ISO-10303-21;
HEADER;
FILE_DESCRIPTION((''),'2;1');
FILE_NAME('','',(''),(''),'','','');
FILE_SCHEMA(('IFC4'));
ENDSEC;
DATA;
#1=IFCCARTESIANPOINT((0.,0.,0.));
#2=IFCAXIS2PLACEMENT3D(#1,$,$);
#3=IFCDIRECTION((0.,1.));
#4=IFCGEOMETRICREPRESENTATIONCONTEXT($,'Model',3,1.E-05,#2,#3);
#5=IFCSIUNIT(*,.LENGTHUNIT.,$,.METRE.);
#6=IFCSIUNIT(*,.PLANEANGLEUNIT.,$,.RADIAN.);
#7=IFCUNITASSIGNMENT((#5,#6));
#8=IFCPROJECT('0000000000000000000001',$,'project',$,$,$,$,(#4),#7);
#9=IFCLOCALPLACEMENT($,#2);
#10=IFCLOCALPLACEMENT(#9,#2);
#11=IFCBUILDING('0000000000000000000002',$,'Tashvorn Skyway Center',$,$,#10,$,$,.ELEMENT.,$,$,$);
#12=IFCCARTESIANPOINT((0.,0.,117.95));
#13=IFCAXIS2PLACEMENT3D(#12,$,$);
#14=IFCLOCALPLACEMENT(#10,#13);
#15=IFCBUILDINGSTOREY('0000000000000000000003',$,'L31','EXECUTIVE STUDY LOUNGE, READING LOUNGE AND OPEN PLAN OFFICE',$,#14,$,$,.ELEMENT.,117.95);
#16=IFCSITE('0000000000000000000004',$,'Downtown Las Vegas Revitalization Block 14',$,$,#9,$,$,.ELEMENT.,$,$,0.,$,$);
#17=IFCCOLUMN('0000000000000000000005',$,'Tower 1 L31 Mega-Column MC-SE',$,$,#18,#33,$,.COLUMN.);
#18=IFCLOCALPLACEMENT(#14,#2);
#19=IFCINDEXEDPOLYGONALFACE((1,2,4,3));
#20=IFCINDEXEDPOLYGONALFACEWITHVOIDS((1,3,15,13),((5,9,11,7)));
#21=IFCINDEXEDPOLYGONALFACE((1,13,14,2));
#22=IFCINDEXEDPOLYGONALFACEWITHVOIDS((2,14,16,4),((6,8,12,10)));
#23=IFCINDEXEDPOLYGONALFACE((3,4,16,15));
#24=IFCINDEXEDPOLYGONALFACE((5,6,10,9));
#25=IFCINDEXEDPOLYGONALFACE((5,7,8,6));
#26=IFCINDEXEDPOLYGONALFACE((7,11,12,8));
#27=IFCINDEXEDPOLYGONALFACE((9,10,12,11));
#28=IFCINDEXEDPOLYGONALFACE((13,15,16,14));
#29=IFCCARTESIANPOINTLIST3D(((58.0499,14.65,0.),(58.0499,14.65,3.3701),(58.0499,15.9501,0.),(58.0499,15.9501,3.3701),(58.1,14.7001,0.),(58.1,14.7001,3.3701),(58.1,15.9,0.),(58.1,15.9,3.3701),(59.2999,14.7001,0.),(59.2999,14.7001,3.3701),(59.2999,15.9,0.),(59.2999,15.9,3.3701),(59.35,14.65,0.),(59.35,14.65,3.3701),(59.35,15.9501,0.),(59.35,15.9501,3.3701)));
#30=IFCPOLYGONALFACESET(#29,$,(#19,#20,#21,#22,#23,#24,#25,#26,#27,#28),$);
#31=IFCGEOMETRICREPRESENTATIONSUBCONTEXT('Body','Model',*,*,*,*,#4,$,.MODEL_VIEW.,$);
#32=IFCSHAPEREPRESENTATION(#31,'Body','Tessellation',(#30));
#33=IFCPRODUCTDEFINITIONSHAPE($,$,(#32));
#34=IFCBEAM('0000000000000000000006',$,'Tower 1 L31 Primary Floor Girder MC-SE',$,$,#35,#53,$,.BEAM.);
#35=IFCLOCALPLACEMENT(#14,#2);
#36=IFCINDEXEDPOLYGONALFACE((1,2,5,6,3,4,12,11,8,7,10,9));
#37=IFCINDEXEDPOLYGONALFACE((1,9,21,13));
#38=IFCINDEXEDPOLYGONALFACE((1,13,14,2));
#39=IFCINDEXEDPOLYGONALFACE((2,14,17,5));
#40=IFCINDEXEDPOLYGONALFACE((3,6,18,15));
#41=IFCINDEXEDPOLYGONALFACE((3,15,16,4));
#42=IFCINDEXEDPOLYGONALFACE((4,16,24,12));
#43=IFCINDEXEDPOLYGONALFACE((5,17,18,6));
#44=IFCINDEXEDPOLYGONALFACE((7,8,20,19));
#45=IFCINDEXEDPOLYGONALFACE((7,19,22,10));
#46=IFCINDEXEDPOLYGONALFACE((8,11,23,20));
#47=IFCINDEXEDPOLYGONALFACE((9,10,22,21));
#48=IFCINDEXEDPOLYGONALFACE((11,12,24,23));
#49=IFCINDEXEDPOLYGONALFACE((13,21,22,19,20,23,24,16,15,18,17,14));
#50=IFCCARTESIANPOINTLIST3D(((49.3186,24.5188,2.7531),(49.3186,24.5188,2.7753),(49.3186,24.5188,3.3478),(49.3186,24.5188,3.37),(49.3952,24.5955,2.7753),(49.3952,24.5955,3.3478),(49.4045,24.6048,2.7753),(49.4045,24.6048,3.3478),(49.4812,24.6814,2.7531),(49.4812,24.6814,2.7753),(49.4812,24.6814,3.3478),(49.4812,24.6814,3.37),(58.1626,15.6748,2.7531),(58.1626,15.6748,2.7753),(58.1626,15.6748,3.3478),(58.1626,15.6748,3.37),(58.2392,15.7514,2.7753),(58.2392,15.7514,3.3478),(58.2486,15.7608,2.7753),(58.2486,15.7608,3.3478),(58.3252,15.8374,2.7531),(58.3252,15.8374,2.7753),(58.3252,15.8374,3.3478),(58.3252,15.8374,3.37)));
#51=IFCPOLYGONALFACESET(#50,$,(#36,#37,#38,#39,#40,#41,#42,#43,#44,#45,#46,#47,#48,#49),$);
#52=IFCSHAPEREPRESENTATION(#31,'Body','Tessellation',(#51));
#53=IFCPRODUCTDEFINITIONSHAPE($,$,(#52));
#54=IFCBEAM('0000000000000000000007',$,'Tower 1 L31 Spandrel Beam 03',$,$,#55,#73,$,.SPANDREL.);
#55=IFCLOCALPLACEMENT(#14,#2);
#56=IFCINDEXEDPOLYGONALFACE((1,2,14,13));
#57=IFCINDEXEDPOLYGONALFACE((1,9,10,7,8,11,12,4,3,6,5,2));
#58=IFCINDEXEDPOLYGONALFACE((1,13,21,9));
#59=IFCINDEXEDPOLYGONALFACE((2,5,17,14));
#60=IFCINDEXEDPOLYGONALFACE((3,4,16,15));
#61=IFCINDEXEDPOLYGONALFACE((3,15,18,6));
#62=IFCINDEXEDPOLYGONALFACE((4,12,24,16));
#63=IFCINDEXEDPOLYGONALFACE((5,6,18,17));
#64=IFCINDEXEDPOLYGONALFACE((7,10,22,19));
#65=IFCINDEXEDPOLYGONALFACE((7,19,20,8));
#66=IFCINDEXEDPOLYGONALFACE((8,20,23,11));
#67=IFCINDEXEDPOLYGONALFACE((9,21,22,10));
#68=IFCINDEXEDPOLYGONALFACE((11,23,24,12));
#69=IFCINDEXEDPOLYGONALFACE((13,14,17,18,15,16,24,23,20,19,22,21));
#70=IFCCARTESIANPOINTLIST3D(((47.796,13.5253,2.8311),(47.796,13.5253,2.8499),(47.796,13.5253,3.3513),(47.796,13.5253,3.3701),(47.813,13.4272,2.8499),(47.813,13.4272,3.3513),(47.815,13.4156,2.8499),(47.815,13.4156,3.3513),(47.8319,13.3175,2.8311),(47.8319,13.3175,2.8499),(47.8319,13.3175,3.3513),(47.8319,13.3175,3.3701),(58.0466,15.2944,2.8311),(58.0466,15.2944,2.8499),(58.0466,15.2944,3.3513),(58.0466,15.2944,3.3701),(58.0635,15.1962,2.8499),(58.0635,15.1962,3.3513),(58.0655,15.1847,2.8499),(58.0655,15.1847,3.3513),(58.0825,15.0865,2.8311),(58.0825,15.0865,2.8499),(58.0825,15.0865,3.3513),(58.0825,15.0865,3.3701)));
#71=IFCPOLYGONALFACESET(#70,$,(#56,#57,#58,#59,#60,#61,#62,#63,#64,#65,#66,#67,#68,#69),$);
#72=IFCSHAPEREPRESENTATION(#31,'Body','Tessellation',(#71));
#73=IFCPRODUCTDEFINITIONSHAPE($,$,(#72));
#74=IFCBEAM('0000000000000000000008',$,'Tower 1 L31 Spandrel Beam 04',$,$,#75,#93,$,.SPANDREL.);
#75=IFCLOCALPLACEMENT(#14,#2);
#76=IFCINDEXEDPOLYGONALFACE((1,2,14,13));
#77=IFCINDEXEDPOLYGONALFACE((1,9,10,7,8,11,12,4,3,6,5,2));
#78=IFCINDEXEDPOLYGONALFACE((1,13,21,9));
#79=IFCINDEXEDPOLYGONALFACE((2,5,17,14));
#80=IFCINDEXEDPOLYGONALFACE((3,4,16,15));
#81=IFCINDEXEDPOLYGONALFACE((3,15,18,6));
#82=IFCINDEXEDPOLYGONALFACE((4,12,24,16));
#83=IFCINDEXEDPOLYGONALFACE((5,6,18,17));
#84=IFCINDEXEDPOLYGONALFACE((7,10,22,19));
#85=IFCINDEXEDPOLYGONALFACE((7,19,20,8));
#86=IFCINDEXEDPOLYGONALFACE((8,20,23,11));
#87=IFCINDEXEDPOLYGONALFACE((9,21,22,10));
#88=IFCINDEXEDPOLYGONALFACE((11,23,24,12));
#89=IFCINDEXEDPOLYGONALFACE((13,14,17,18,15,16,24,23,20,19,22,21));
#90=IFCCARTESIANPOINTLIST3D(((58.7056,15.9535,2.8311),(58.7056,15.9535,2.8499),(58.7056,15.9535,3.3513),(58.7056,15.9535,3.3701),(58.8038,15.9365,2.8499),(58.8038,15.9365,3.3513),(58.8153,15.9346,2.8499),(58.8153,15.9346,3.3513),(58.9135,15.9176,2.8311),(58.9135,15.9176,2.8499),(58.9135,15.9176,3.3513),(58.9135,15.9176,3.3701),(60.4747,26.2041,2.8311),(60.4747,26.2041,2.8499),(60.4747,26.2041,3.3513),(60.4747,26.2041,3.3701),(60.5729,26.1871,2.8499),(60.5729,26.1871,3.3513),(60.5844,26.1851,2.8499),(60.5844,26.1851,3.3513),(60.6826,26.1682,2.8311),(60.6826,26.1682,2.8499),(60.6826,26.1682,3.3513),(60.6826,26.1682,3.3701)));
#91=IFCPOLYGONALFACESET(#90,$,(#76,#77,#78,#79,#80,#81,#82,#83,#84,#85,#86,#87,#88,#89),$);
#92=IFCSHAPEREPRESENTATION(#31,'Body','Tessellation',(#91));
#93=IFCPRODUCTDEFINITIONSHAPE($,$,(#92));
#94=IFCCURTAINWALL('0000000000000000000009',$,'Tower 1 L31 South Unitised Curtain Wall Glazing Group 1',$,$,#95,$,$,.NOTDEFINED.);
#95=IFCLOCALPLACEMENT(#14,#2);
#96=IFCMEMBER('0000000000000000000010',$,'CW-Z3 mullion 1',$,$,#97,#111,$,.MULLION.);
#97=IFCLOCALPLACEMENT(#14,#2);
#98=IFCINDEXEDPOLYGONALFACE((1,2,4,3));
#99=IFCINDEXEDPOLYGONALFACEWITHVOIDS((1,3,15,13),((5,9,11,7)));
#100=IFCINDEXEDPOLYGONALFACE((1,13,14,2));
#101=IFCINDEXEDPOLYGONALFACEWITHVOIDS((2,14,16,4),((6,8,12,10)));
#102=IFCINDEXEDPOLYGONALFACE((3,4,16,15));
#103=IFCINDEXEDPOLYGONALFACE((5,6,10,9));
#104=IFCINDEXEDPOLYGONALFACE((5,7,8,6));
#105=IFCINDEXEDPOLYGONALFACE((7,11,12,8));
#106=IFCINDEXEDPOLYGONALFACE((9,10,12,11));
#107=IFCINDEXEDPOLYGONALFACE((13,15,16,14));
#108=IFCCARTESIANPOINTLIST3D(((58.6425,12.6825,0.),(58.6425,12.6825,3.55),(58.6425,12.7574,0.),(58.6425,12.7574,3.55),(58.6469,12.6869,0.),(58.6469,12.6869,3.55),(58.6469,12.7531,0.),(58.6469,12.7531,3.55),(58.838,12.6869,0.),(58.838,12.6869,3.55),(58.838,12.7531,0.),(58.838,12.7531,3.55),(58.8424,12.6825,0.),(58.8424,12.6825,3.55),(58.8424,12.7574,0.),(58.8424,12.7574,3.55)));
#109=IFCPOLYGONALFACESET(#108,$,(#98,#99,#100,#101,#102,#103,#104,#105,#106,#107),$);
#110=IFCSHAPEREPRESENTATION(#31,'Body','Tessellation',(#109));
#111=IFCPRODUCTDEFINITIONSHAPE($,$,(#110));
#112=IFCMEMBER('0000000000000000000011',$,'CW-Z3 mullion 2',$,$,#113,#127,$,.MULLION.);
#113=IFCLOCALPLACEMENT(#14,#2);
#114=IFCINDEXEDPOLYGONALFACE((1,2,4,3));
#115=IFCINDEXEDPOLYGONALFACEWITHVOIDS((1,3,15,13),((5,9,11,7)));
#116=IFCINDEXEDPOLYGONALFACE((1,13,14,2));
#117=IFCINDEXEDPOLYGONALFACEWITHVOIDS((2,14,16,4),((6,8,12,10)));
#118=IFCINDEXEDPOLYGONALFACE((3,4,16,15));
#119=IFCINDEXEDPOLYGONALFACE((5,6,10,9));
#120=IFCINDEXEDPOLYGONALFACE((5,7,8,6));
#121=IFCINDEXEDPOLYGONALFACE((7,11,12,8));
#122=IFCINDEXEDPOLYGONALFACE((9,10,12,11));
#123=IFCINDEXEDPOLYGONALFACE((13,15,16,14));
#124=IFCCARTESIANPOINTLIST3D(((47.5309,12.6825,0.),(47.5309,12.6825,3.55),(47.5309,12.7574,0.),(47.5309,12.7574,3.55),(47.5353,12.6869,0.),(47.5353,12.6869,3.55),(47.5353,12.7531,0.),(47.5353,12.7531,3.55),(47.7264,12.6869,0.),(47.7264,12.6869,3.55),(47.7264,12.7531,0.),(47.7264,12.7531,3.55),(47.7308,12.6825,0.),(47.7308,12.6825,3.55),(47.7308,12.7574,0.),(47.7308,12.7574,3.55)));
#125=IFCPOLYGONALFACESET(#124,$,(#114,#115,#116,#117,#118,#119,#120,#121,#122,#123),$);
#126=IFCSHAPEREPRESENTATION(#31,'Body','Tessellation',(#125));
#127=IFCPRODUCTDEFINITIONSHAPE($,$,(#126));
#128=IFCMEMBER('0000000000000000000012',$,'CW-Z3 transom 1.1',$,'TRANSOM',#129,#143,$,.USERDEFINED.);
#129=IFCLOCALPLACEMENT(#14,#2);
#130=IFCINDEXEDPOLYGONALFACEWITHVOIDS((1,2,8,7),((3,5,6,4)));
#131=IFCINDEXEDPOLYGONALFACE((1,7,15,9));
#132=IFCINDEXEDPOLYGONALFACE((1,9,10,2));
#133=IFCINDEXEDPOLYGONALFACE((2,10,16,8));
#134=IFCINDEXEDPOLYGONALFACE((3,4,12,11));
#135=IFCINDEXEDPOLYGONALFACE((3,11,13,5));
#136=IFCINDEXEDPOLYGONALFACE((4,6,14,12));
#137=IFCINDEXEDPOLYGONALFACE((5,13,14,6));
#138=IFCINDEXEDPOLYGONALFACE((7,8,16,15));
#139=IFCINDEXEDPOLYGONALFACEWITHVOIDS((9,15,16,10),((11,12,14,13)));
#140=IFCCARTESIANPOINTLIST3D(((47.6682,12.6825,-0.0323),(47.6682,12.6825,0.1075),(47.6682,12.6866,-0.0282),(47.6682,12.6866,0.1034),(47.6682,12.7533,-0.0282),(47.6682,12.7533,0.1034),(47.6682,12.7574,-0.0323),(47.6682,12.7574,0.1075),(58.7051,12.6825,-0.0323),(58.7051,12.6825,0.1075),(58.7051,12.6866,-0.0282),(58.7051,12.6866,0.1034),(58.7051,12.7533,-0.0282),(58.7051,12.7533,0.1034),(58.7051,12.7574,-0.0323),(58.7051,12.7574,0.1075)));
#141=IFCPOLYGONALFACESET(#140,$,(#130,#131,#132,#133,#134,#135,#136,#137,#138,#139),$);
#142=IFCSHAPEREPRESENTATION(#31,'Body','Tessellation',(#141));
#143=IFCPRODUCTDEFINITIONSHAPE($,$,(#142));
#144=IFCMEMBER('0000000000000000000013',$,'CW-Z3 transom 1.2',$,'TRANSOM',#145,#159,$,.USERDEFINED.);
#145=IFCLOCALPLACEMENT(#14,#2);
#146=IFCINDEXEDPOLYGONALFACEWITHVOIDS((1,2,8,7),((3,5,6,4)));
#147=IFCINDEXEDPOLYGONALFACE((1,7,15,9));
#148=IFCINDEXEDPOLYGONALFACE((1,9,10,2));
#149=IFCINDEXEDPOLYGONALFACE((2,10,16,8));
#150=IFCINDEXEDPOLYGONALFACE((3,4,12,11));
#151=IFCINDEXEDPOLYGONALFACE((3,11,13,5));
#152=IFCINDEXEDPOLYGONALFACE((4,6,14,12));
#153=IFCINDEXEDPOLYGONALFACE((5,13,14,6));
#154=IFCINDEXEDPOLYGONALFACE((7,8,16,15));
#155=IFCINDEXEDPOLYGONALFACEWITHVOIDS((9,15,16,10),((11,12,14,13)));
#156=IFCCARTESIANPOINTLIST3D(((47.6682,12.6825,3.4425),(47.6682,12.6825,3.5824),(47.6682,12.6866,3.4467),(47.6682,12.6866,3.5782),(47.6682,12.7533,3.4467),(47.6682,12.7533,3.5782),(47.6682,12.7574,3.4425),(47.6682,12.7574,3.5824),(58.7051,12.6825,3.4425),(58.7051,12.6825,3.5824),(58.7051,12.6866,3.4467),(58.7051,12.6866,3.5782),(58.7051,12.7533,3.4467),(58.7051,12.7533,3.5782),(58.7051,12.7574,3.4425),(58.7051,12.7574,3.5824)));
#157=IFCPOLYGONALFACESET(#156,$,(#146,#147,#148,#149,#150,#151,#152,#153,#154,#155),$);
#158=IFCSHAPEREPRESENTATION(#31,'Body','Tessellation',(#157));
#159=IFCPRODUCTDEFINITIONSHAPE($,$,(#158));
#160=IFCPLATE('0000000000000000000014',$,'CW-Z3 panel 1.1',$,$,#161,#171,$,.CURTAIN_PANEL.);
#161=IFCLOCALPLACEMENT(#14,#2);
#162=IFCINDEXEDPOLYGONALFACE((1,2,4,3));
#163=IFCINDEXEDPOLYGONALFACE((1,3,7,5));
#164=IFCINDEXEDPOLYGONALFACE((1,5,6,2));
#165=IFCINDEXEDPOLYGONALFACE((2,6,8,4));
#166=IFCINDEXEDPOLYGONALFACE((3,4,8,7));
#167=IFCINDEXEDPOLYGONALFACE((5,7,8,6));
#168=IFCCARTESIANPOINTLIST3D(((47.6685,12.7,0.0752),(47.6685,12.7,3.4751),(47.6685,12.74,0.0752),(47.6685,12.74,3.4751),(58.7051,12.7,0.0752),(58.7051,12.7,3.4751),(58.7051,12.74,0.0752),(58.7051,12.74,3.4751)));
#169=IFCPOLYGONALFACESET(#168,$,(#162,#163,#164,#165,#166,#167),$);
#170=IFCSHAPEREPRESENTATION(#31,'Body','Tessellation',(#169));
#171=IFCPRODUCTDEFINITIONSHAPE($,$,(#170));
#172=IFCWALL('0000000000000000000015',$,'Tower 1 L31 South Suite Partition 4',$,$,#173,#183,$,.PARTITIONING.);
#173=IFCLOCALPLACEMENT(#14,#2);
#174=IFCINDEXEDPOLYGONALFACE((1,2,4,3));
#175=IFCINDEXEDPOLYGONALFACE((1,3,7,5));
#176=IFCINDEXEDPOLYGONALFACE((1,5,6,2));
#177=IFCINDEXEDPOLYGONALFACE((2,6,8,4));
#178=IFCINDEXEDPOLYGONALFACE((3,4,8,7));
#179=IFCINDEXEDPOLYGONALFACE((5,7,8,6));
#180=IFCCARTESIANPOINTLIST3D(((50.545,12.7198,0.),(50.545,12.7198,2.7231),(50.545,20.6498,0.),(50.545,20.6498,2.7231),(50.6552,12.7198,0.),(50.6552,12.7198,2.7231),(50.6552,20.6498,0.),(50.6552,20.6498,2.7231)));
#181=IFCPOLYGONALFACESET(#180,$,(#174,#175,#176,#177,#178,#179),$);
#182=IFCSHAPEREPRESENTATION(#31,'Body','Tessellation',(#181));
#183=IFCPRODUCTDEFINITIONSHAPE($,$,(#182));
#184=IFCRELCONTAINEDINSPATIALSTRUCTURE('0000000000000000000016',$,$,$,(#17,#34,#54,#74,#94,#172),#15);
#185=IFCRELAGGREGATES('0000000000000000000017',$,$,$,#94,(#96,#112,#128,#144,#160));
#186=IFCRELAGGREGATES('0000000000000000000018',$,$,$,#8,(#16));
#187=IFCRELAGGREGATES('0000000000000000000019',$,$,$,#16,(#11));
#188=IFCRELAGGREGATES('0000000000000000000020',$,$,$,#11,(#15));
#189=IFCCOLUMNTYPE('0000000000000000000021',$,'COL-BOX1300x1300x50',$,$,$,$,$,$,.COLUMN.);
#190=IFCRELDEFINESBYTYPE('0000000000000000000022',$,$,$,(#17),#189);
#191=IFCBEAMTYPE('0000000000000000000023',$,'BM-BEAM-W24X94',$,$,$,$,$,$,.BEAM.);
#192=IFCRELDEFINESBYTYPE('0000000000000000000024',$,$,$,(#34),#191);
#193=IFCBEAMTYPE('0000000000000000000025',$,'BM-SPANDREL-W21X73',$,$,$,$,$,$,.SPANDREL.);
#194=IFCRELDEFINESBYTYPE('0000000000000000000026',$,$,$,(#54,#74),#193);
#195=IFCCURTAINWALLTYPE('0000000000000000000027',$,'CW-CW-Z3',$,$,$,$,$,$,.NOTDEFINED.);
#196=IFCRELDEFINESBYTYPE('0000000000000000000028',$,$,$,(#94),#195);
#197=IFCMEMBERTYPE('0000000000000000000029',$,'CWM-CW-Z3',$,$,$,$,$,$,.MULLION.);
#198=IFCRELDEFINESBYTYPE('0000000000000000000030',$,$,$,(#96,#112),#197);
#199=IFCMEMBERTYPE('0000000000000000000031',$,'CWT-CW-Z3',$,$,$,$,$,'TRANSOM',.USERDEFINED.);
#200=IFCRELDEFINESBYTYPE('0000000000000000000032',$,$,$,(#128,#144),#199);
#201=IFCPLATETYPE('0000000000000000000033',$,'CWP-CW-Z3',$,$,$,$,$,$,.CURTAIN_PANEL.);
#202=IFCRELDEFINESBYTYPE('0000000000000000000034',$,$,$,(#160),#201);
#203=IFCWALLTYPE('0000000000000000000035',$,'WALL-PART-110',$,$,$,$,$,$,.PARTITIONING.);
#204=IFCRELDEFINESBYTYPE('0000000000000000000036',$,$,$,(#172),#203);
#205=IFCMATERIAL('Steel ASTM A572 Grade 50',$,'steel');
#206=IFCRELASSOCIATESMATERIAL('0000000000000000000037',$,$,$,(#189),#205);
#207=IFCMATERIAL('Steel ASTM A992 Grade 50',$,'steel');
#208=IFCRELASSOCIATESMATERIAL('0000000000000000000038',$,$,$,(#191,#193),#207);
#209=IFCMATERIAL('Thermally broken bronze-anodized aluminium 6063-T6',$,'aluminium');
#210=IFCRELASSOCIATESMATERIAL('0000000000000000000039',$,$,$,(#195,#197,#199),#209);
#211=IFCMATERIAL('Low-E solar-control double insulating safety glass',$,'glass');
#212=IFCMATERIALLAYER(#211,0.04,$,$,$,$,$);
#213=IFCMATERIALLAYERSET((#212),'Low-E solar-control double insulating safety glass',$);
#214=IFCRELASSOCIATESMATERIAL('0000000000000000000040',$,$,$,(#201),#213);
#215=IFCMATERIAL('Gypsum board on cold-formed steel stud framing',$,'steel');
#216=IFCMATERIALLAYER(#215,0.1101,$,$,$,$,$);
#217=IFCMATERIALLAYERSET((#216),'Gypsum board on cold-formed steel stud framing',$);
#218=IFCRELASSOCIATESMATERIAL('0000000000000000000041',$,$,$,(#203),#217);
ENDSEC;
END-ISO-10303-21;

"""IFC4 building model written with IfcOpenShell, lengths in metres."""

from ifc_helpers import new_model, si_unit, direction, frame, frame_2d, origin, origin_2d, place, context, subcontext, project, spatial, rectangle, hollow_rectangle, i_section, extrude, material, layer, layer_set, material_profile, profile_set, type_object, element, aggregate, save


model = new_model("IFC4")

# Units and contexts
model_context = context("Model", 3, precision=1e-05, world=origin(), true_north=direction((0.0, 1.0)))
body_context = subcontext(model_context, "Body", "Model", "MODEL_VIEW")
ifc_project = project(units=[si_unit("LENGTHUNIT", "METRE"), si_unit("PLANEANGLEUNIT", "RADIAN")], contexts=[model_context])

# Site, building, storey
site_placement = place(None, origin())
site = spatial("IfcSite", under=ifc_project, at=site_placement, Name="Downtown Las Vegas Revitalization Block 14", CompositionType="ELEMENT", RefElevation=0.0)
building_placement = place(site_placement, origin())
building = spatial("IfcBuilding", under=site, at=building_placement, Name="Tashvorn Skyway Center", CompositionType="ELEMENT")
storey_placement = place(building_placement, frame((0.0, 0.0, 117.95)))
storey = spatial("IfcBuildingStorey", under=building, at=storey_placement, Name="L31", Description="EXECUTIVE STUDY LOUNGE, READING LOUNGE AND OPEN PLAN OFFICE", CompositionType="ELEMENT", Elevation=117.95)

# Column
ifc_material_1 = material(Name="Steel ASTM A572 Grade 50", Category="steel")
ifc_material_profile_1 = material_profile(ifc_material_1, hollow_rectangle(XDim=1.3, YDim=1.3, WallThickness=0.05, at=origin_2d()), Name="BOX1300x1300x50")
ifc_profile_set_1 = profile_set([ifc_material_profile_1], Name="Steel ASTM A572 Grade 50")
column_type = type_object("IfcColumnType", Name="COL-BOX1300x1300x50", PredefinedType="COLUMN", material=ifc_profile_set_1)
column_placement = place(storey_placement, frame((58.7, 15.3, 0.0), z_axis=(0.0, 0.0, 1.0), x_axis=(1.0, 0.0, 0.0)))
element("IfcColumn", 1, at=column_placement, inside=storey, type_object=column_type, Name="Tower 1 L31 Mega-Column MC-SE", PredefinedType="COLUMN", context=body_context, shape_type="SweptSolid", body=[
    extrude(hollow_rectangle(XDim=1.3, YDim=1.3, WallThickness=0.05, at=origin_2d()), origin(), (0.0, 0.0, 1.0), 3.3701),
])

# Beams
ifc_material_2 = material(Name="Steel ASTM A992 Grade 50", Category="steel")
ifc_material_profile_2 = material_profile(ifc_material_2, i_section(OverallWidth=0.23, OverallDepth=0.6169, WebThickness=0.0132, FlangeThickness=0.0222, at=origin_2d()), Name="W24X94")
ifc_profile_set_2 = profile_set([ifc_material_profile_2], Name="Steel ASTM A992 Grade 50")
beam_type_1 = type_object("IfcBeamType", Name="BM-BEAM-W24X94", PredefinedType="BEAM", material=ifc_profile_set_2)
beam_placement = place(storey_placement, frame((58.2439, 15.7561, 3.0615), z_axis=(-0.707107, 0.707107, 0.0), x_axis=(-0.707107, -0.707107, 0.0)))
element("IfcBeam", 2, at=beam_placement, inside=storey, type_object=beam_type_1, Name="Tower 1 L31 Primary Floor Girder MC-SE", PredefinedType="BEAM", context=body_context, shape_type="SweptSolid", body=[
    extrude(i_section(OverallWidth=0.23, OverallDepth=0.6169, WebThickness=0.0132, FlangeThickness=0.0222, at=origin_2d()), origin(), (0.0, 0.0, 1.0), 12.5073),
])
ifc_material_profile_3 = material_profile(ifc_material_2, i_section(OverallWidth=0.2109, OverallDepth=0.5391, WebThickness=0.0117, FlangeThickness=0.0188, at=origin_2d()), Name="W21X73")
ifc_profile_set_3 = profile_set([ifc_material_profile_3], Name="Steel ASTM A992 Grade 50")
beam_type_2 = type_object("IfcBeamType", Name="BM-SPANDREL-W21X73", PredefinedType="SPANDREL", material=ifc_profile_set_3)
for number, where, z_axis, x_axis, name in (
    (3, (47.814, 13.4214, 3.1006), (0.985432, 0.170067, 0.0), (-0.170067, 0.985432, 0.0), "Tower 1 L31 Spandrel Beam 03"),
    (4, (58.8096, 15.9355, 3.1006), (0.170067, 0.985432, 0.0), (-0.985432, 0.170067, 0.0), "Tower 1 L31 Spandrel Beam 04"),
):
    element("IfcBeam", number, at=place(storey_placement, frame(where, z_axis=z_axis, x_axis=x_axis)), inside=storey, type_object=beam_type_2, Name=name, PredefinedType="SPANDREL", context=body_context, shape_type="SweptSolid", body=[
        extrude(i_section(OverallWidth=0.2109, OverallDepth=0.5391, WebThickness=0.0117, FlangeThickness=0.0188, at=origin_2d()), origin(), (0.0, 0.0, 1.0), 10.4021),
    ])

# Curtain wall, members, plate
ifc_material_3 = material(Name="Thermally broken bronze-anodized aluminium 6063-T6", Category="aluminium")
curtain_wall_type = type_object("IfcCurtainWallType", Name="CW-CW-Z3", PredefinedType="NOTDEFINED", material=ifc_material_3)
curtain_wall_placement = place(storey_placement, origin())
curtain_wall = element("IfcCurtainWall", 5, at=curtain_wall_placement, inside=storey, type_object=curtain_wall_type, Name="Tower 1 L31 South Unitised Curtain Wall Glazing Group 1", PredefinedType="NOTDEFINED")
ifc_material_profile_4 = material_profile(ifc_material_3, hollow_rectangle(XDim=0.075, YDim=0.2, WallThickness=0.0044, at=origin_2d()), Name="ALU-MULL-75x200")
ifc_profile_set_4 = profile_set([ifc_material_profile_4], Name="Thermally broken bronze-anodized aluminium 6063-T6")
member_type_1 = type_object("IfcMemberType", Name="CWM-CW-Z3", PredefinedType="MULLION", material=ifc_profile_set_4)
member_1_placement = place(storey_placement, frame((58.7424, 12.72, 0.0), z_axis=(0.0, 0.0, 1.0), x_axis=(0.0, -1.0, 0.0)))
member_1 = element("IfcMember", 6, at=member_1_placement, type_object=member_type_1, Name="CW-Z3 mullion 1", PredefinedType="MULLION", context=body_context, shape_type="SweptSolid", body=[
    extrude(hollow_rectangle(XDim=0.075, YDim=0.2, WallThickness=0.0044, at=origin_2d()), origin(), (0.0, 0.0, 1.0), 3.55),
])
member_2_placement = place(storey_placement, frame((47.6309, 12.72, 0.0), z_axis=(0.0, 0.0, 1.0), x_axis=(0.0, -1.0, 0.0)))
member_2 = element("IfcMember", 7, at=member_2_placement, type_object=member_type_1, Name="CW-Z3 mullion 2", PredefinedType="MULLION", context=body_context, shape_type="SweptSolid", body=[
    extrude(hollow_rectangle(XDim=0.075, YDim=0.2, WallThickness=0.0044, at=origin_2d()), origin(), (0.0, 0.0, 1.0), 3.55),
])
ifc_material_profile_5 = material_profile(ifc_material_3, hollow_rectangle(XDim=0.075, YDim=0.1399, WallThickness=0.0042, at=origin_2d()), Name="ALU-TRAN-75x140")
ifc_profile_set_5 = profile_set([ifc_material_profile_5], Name="Thermally broken bronze-anodized aluminium 6063-T6")
member_type_2 = type_object("IfcMemberType", Name="CWT-CW-Z3", ElementType="TRANSOM", PredefinedType="USERDEFINED", material=ifc_profile_set_5)
member_3_placement = place(storey_placement, frame((58.7051, 12.72, 0.0376), z_axis=(-1.0, 0.0, 0.0), x_axis=(0.0, -1.0, 0.0)))
member_3 = element("IfcMember", 8, at=member_3_placement, type_object=member_type_2, Name="CW-Z3 transom 1.1", ObjectType="TRANSOM", PredefinedType="USERDEFINED", context=body_context, shape_type="SweptSolid", body=[
    extrude(hollow_rectangle(XDim=0.075, YDim=0.1399, WallThickness=0.0042, at=origin_2d()), origin(), (0.0, 0.0, 1.0), 11.0369),
])
member_4_placement = place(storey_placement, frame((58.7051, 12.72, 3.5125), z_axis=(-1.0, 0.0, 0.0), x_axis=(0.0, -1.0, 0.0)))
member_4 = element("IfcMember", 9, at=member_4_placement, type_object=member_type_2, Name="CW-Z3 transom 1.2", ObjectType="TRANSOM", PredefinedType="USERDEFINED", context=body_context, shape_type="SweptSolid", body=[
    extrude(hollow_rectangle(XDim=0.075, YDim=0.1399, WallThickness=0.0042, at=origin_2d()), origin(), (0.0, 0.0, 1.0), 11.0369),
])
ifc_material_4 = material(Name="Low-E solar-control double insulating safety glass", Category="glass")
ifc_layer_1 = layer(ifc_material_4, 0.04)
ifc_layer_set_1 = layer_set([ifc_layer_1], Name="Low-E solar-control double insulating safety glass")
plate_type = type_object("IfcPlateType", Name="CWP-CW-Z3", PredefinedType="CURTAIN_PANEL", material=ifc_layer_set_1)
plate_placement = place(storey_placement, frame((53.1868, 12.72, 0.0752), z_axis=(0.0, 0.0, 1.0), x_axis=(-1.0, 0.0, 0.0)))
plate = element("IfcPlate", 10, at=plate_placement, type_object=plate_type, Name="CW-Z3 panel 1.1", PredefinedType="CURTAIN_PANEL", context=body_context, shape_type="SweptSolid", body=[
    extrude(rectangle(XDim=11.0366, YDim=0.04, at=origin_2d()), origin(), (0.0, 0.0, 1.0), 3.3999),
])
aggregate(curtain_wall, [member_1, member_2, member_3, member_4, plate])

# Wall
ifc_material_5 = material(Name="Gypsum board on cold-formed steel stud framing", Category="steel")
ifc_layer_2 = layer(ifc_material_5, 0.1101)
ifc_layer_set_2 = layer_set([ifc_layer_2], Name="Gypsum board on cold-formed steel stud framing")
wall_type_1 = type_object("IfcWallType", Name="WALL-PART-110", PredefinedType="PARTITIONING", material=ifc_layer_set_2)
wall_1_placement = place(storey_placement, frame((50.6001, 12.72, 0.0), z_axis=(0.0, 0.0, 1.0), x_axis=(0.0, 1.0, 0.0)))
element("IfcWall", 11, at=wall_1_placement, inside=storey, type_object=wall_type_1, Name="Tower 1 L31 South Suite Partition 4", PredefinedType="PARTITIONING", context=body_context, shape_type="SweptSolid", body=[
    extrude(rectangle(XDim=7.9299, YDim=0.1101, at=frame_2d((3.9648, 0.0))), origin(), (0.0, 0.0, 1.0), 2.7231),
])

save(model, "model.ifc")
